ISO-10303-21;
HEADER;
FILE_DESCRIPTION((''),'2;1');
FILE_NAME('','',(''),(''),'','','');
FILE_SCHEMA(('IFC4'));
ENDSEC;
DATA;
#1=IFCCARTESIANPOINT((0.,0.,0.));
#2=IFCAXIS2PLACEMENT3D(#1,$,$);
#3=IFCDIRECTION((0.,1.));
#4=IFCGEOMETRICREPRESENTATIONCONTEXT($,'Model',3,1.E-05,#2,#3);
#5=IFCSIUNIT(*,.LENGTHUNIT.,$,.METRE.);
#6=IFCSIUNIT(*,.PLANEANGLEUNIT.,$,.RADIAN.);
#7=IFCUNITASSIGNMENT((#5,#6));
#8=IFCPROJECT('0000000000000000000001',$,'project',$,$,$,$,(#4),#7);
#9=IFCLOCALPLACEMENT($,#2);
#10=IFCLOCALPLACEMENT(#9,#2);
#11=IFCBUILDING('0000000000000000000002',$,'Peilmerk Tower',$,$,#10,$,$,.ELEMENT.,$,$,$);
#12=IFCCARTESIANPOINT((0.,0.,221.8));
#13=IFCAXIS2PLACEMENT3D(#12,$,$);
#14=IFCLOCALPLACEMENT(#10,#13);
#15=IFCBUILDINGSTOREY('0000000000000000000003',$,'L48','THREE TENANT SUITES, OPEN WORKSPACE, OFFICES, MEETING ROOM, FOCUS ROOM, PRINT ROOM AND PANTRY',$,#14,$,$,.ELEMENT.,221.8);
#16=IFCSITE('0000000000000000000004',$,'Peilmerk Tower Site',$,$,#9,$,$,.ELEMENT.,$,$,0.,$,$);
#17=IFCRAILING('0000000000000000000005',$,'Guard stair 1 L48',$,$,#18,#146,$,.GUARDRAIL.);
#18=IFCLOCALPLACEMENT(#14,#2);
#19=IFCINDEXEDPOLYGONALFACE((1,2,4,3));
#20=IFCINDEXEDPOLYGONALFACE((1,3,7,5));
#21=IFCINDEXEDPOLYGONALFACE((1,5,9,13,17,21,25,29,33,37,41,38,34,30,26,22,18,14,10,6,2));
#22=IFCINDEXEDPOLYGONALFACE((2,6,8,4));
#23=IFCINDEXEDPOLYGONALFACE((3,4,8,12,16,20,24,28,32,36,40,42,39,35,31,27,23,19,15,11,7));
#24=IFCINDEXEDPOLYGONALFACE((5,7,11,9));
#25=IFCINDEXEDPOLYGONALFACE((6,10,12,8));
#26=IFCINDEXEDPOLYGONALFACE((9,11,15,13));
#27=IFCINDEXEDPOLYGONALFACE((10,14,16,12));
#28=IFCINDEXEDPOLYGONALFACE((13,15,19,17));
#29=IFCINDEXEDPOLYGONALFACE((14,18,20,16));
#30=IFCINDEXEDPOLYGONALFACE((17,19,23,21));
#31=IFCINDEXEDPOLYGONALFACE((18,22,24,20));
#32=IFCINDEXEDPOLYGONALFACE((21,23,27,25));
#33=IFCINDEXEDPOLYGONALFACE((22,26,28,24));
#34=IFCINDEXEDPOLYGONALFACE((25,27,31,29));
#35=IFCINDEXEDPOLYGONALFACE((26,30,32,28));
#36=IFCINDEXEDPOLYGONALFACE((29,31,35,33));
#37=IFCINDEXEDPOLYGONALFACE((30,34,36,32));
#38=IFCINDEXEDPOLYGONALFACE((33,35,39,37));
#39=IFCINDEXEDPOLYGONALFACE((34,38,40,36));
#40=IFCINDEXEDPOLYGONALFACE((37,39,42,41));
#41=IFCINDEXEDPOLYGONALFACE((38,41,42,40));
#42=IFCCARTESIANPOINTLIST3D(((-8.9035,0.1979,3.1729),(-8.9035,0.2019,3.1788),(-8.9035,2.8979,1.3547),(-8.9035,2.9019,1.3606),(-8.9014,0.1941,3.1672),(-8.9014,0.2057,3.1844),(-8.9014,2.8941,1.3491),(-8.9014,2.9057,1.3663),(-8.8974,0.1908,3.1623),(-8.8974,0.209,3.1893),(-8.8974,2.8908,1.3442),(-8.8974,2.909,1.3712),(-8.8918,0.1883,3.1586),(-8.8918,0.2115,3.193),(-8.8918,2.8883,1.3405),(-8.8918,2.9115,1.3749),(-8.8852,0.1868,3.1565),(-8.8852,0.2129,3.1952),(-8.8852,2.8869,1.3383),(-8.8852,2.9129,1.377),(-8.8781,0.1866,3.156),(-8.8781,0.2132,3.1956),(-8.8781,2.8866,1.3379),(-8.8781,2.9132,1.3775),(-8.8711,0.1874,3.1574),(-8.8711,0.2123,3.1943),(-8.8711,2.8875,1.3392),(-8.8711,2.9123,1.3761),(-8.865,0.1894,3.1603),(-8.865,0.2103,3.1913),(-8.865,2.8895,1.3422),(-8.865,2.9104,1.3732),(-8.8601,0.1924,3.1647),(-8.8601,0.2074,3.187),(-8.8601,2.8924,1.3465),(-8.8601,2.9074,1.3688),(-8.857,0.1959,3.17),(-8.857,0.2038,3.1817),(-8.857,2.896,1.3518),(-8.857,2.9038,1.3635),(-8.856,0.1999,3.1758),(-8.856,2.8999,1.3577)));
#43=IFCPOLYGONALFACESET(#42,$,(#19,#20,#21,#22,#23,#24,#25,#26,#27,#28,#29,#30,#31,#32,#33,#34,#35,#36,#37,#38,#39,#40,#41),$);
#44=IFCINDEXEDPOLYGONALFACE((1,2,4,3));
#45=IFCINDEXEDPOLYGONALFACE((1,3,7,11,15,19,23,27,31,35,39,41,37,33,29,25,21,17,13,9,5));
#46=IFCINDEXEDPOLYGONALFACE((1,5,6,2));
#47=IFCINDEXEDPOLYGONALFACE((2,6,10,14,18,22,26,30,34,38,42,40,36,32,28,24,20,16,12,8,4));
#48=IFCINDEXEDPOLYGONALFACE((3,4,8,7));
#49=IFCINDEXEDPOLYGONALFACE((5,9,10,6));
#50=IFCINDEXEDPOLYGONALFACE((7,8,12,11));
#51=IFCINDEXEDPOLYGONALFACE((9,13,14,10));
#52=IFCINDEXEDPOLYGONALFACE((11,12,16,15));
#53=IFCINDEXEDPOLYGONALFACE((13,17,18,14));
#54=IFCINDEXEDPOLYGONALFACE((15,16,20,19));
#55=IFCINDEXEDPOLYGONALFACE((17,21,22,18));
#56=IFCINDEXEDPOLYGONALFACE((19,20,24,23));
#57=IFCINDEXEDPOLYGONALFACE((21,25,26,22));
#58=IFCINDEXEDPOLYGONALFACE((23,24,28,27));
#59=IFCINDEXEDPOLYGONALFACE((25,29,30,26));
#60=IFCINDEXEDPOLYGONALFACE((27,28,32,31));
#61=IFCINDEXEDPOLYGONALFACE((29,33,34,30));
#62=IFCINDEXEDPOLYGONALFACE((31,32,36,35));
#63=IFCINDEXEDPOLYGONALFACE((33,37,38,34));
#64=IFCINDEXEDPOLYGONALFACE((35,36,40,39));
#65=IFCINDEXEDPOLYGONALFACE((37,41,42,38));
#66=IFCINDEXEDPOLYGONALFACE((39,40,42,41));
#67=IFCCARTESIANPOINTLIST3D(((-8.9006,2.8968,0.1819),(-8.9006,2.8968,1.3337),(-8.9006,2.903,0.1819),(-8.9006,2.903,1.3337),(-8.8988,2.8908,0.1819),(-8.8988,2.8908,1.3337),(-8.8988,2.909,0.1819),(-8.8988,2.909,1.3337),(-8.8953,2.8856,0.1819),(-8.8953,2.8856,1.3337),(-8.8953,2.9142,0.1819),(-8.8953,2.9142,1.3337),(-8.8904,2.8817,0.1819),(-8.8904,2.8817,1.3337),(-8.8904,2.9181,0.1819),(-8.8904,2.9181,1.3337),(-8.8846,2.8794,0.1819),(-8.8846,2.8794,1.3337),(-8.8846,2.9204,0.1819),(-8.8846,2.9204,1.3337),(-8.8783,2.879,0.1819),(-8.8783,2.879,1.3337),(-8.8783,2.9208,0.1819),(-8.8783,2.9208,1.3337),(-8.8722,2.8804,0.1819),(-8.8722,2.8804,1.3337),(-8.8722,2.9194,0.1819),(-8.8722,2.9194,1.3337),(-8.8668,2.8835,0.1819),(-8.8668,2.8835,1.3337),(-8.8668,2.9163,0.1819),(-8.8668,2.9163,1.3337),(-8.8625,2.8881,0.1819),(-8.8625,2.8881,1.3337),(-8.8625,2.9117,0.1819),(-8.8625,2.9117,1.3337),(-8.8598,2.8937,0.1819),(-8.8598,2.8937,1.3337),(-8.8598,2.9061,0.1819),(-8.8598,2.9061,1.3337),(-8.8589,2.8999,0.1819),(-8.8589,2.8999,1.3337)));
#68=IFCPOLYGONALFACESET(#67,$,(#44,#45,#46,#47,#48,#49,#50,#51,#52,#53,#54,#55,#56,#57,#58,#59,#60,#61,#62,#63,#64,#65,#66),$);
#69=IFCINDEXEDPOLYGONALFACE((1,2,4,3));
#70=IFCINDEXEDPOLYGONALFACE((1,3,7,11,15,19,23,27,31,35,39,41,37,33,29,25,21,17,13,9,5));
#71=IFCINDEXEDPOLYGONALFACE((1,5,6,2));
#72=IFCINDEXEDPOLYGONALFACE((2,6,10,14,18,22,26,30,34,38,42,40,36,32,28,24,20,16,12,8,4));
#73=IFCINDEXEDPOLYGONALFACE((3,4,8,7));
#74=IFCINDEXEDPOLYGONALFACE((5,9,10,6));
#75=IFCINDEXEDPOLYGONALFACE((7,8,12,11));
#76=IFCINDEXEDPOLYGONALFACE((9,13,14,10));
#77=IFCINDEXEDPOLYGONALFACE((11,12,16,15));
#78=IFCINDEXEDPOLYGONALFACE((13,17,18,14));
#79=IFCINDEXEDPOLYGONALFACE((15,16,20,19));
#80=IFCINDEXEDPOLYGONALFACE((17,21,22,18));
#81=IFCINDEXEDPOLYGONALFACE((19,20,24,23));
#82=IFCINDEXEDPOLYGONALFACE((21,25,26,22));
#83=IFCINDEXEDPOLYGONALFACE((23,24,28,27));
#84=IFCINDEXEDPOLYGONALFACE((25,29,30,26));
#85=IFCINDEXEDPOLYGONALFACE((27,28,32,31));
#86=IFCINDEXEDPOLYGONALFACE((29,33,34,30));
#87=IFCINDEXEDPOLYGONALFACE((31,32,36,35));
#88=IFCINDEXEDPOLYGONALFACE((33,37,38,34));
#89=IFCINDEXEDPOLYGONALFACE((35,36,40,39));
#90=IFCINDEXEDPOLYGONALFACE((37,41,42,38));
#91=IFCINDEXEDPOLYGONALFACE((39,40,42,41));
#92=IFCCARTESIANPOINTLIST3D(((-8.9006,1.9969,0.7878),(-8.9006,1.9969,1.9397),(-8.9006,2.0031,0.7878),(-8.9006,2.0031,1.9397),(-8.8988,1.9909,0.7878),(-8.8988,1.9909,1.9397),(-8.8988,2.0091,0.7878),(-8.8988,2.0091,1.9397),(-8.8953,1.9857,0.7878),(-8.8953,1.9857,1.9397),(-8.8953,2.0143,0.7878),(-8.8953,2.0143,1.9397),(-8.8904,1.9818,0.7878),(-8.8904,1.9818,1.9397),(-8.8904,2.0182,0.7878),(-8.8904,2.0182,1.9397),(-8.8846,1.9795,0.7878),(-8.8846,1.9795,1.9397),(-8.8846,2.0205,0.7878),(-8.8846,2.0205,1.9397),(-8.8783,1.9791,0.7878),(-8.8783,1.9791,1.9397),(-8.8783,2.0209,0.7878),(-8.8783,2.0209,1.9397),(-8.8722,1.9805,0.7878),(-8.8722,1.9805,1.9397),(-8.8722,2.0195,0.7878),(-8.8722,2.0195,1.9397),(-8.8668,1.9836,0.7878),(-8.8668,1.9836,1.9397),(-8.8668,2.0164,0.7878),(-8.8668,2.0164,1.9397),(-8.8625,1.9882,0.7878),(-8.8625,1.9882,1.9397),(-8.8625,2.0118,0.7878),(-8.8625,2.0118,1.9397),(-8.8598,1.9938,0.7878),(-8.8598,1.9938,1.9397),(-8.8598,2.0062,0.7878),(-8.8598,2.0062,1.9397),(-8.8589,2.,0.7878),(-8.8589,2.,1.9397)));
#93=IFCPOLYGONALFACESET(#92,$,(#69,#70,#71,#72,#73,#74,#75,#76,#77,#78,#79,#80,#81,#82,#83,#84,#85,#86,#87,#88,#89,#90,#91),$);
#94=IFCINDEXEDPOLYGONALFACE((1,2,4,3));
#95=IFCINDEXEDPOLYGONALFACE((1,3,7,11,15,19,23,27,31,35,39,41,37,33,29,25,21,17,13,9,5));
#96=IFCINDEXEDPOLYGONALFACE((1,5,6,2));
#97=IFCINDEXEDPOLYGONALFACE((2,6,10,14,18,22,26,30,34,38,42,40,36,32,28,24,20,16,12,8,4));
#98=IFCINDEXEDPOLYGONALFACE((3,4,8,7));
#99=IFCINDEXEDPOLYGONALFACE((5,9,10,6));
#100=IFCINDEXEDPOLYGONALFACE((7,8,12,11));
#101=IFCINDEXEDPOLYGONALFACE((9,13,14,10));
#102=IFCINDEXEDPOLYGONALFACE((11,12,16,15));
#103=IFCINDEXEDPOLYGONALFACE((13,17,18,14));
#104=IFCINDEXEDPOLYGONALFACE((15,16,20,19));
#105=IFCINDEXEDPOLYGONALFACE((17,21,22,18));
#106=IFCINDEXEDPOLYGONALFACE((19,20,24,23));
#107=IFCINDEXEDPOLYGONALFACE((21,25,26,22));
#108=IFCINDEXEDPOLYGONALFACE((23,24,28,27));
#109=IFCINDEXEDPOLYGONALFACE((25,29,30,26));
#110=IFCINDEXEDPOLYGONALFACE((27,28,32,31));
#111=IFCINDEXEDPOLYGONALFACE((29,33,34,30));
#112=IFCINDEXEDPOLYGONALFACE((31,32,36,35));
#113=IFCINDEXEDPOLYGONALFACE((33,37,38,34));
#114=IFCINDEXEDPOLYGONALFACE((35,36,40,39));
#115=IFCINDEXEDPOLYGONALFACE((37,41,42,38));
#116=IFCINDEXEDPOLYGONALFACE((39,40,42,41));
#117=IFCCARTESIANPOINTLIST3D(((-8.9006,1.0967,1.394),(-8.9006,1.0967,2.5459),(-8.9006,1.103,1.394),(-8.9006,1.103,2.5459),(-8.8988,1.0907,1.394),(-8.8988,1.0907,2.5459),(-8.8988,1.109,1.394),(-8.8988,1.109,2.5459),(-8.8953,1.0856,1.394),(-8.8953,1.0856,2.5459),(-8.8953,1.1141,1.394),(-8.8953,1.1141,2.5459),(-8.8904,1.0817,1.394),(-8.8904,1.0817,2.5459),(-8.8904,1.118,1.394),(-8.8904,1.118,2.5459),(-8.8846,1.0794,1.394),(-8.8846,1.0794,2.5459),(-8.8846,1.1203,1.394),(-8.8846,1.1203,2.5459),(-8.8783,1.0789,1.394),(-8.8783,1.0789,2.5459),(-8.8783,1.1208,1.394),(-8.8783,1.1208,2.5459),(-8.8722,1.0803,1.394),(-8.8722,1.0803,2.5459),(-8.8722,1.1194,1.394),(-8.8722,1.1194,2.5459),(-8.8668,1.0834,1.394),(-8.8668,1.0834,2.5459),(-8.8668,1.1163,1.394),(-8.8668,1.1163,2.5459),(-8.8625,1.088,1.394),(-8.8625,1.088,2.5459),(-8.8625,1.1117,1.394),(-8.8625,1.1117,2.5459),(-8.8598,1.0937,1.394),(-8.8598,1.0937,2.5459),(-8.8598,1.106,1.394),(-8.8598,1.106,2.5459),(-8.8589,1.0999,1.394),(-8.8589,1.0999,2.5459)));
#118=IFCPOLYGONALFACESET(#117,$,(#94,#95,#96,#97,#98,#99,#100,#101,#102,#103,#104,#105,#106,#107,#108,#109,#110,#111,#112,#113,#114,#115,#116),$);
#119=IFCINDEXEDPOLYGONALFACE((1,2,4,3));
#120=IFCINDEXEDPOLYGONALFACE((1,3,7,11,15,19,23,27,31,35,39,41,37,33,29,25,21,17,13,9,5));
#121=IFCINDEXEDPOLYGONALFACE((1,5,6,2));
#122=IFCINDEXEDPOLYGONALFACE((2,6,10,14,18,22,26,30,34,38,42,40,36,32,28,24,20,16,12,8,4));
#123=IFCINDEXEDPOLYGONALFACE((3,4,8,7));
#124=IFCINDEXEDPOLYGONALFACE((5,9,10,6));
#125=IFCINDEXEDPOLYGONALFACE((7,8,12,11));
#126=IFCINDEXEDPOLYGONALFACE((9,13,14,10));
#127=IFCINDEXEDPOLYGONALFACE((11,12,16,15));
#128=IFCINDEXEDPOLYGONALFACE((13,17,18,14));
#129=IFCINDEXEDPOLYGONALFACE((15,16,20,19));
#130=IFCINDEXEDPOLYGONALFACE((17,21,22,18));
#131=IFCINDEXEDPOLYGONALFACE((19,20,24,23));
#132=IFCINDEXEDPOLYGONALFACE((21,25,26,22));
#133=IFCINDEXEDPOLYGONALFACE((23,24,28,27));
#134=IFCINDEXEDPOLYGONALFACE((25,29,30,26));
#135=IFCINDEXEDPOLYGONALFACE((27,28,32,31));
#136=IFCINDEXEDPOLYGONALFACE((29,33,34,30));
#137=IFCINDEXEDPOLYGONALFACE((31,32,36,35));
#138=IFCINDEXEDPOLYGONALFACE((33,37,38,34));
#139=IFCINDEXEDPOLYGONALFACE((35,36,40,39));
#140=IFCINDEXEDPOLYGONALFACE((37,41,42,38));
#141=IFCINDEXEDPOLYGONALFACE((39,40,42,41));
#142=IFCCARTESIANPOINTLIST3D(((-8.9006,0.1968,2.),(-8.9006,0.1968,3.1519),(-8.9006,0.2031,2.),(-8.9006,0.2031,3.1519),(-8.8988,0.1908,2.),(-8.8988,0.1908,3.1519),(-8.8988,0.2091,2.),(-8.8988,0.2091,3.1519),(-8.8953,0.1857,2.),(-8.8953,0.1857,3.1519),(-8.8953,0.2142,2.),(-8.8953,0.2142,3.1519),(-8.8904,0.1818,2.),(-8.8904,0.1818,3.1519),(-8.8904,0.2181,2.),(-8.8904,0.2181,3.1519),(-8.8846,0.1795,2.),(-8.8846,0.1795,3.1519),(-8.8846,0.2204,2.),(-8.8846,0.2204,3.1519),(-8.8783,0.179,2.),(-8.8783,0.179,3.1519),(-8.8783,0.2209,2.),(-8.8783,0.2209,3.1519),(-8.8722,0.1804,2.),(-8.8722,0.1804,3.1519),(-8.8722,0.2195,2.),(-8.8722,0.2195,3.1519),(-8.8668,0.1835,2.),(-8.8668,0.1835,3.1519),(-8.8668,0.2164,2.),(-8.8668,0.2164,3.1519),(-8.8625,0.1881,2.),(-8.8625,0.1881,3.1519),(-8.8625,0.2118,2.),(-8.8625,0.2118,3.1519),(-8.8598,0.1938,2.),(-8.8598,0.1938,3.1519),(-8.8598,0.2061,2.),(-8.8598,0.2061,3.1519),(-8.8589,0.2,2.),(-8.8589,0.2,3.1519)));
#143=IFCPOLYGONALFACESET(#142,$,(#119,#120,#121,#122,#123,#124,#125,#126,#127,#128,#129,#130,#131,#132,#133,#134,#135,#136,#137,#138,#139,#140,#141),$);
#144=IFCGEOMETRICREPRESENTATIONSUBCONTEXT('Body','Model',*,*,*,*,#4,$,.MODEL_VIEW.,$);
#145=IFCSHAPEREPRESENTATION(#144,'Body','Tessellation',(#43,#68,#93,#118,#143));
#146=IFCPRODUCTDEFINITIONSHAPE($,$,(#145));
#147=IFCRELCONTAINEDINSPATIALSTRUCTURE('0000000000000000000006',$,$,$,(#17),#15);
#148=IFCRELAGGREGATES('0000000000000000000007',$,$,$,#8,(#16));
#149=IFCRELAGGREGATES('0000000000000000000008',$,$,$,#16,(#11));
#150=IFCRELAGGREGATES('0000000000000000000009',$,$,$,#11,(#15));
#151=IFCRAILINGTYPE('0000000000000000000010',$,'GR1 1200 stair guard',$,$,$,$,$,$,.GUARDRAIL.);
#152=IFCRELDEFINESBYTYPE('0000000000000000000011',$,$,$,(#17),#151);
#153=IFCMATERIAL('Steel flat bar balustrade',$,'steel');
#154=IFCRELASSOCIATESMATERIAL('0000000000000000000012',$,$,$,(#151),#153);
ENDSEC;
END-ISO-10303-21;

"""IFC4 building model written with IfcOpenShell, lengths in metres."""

from ifc_helpers import new_model, si_unit, direction, frame, origin, origin_2d, place, context, subcontext, project, spatial, circle, extrude, material, type_object, element, save


model = new_model("IFC4")

# Units and contexts
model_context = context("Model", 3, precision=1e-05, world=origin(), true_north=direction((0.0, 1.0)))
body_context = subcontext(model_context, "Body", "Model", "MODEL_VIEW")
ifc_project = project(units=[si_unit("LENGTHUNIT", "METRE"), si_unit("PLANEANGLEUNIT", "RADIAN")], contexts=[model_context])

# Site, building, storey
site_placement = place(None, origin())
site = spatial("IfcSite", under=ifc_project, at=site_placement, Name="Peilmerk Tower Site", CompositionType="ELEMENT", RefElevation=0.0)
building_placement = place(site_placement, origin())
building = spatial("IfcBuilding", under=site, at=building_placement, Name="Peilmerk Tower", CompositionType="ELEMENT")
storey_placement = place(building_placement, frame((0.0, 0.0, 221.8)))
storey = spatial("IfcBuildingStorey", under=building, at=storey_placement, Name="L48", Description="THREE TENANT SUITES, OPEN WORKSPACE, OFFICES, MEETING ROOM, FOCUS ROOM, PRINT ROOM AND PANTRY", CompositionType="ELEMENT", Elevation=221.8)

# Railing
ifc_material_1 = material(Name="Steel flat bar balustrade", Category="steel")
railing_type_1 = type_object("IfcRailingType", Name="GR1 1200 stair guard", PredefinedType="GUARDRAIL", material=ifc_material_1)
railing_1_placement = place(storey_placement, frame((-8.8799, 2.8999, 0.1819)))
element("IfcRailing", 1, at=railing_1_placement, inside=storey, type_object=railing_type_1, Name="Guard stair 1 L48", PredefinedType="GUARDRAIL", context=body_context, shape_type="SweptSolid", body=[
    extrude(circle(Radius=0.0239, at=origin_2d()), frame((0.0, 0.0, 1.1758), z_axis=(0.0, -0.829468, 0.558554), x_axis=(1.0, 0.0, 0.0)), (0.0, 0.0, 1.0), 3.2551),
    extrude(circle(Radius=0.021, at=origin_2d()), origin(), (0.0, 0.0, 1.0), 1.1519),
    extrude(circle(Radius=0.021, at=origin_2d()), frame((0.0, -0.8999, 0.606)), (0.0, 0.0, 1.0), 1.1519),
    extrude(circle(Radius=0.021, at=origin_2d()), frame((0.0, -1.8, 1.2122)), (0.0, 0.0, 1.0), 1.1519),
    extrude(circle(Radius=0.021, at=origin_2d()), frame((0.0, -2.7, 1.8181)), (0.0, 0.0, 1.0), 1.1519),
])

save(model, "model.ifc")
